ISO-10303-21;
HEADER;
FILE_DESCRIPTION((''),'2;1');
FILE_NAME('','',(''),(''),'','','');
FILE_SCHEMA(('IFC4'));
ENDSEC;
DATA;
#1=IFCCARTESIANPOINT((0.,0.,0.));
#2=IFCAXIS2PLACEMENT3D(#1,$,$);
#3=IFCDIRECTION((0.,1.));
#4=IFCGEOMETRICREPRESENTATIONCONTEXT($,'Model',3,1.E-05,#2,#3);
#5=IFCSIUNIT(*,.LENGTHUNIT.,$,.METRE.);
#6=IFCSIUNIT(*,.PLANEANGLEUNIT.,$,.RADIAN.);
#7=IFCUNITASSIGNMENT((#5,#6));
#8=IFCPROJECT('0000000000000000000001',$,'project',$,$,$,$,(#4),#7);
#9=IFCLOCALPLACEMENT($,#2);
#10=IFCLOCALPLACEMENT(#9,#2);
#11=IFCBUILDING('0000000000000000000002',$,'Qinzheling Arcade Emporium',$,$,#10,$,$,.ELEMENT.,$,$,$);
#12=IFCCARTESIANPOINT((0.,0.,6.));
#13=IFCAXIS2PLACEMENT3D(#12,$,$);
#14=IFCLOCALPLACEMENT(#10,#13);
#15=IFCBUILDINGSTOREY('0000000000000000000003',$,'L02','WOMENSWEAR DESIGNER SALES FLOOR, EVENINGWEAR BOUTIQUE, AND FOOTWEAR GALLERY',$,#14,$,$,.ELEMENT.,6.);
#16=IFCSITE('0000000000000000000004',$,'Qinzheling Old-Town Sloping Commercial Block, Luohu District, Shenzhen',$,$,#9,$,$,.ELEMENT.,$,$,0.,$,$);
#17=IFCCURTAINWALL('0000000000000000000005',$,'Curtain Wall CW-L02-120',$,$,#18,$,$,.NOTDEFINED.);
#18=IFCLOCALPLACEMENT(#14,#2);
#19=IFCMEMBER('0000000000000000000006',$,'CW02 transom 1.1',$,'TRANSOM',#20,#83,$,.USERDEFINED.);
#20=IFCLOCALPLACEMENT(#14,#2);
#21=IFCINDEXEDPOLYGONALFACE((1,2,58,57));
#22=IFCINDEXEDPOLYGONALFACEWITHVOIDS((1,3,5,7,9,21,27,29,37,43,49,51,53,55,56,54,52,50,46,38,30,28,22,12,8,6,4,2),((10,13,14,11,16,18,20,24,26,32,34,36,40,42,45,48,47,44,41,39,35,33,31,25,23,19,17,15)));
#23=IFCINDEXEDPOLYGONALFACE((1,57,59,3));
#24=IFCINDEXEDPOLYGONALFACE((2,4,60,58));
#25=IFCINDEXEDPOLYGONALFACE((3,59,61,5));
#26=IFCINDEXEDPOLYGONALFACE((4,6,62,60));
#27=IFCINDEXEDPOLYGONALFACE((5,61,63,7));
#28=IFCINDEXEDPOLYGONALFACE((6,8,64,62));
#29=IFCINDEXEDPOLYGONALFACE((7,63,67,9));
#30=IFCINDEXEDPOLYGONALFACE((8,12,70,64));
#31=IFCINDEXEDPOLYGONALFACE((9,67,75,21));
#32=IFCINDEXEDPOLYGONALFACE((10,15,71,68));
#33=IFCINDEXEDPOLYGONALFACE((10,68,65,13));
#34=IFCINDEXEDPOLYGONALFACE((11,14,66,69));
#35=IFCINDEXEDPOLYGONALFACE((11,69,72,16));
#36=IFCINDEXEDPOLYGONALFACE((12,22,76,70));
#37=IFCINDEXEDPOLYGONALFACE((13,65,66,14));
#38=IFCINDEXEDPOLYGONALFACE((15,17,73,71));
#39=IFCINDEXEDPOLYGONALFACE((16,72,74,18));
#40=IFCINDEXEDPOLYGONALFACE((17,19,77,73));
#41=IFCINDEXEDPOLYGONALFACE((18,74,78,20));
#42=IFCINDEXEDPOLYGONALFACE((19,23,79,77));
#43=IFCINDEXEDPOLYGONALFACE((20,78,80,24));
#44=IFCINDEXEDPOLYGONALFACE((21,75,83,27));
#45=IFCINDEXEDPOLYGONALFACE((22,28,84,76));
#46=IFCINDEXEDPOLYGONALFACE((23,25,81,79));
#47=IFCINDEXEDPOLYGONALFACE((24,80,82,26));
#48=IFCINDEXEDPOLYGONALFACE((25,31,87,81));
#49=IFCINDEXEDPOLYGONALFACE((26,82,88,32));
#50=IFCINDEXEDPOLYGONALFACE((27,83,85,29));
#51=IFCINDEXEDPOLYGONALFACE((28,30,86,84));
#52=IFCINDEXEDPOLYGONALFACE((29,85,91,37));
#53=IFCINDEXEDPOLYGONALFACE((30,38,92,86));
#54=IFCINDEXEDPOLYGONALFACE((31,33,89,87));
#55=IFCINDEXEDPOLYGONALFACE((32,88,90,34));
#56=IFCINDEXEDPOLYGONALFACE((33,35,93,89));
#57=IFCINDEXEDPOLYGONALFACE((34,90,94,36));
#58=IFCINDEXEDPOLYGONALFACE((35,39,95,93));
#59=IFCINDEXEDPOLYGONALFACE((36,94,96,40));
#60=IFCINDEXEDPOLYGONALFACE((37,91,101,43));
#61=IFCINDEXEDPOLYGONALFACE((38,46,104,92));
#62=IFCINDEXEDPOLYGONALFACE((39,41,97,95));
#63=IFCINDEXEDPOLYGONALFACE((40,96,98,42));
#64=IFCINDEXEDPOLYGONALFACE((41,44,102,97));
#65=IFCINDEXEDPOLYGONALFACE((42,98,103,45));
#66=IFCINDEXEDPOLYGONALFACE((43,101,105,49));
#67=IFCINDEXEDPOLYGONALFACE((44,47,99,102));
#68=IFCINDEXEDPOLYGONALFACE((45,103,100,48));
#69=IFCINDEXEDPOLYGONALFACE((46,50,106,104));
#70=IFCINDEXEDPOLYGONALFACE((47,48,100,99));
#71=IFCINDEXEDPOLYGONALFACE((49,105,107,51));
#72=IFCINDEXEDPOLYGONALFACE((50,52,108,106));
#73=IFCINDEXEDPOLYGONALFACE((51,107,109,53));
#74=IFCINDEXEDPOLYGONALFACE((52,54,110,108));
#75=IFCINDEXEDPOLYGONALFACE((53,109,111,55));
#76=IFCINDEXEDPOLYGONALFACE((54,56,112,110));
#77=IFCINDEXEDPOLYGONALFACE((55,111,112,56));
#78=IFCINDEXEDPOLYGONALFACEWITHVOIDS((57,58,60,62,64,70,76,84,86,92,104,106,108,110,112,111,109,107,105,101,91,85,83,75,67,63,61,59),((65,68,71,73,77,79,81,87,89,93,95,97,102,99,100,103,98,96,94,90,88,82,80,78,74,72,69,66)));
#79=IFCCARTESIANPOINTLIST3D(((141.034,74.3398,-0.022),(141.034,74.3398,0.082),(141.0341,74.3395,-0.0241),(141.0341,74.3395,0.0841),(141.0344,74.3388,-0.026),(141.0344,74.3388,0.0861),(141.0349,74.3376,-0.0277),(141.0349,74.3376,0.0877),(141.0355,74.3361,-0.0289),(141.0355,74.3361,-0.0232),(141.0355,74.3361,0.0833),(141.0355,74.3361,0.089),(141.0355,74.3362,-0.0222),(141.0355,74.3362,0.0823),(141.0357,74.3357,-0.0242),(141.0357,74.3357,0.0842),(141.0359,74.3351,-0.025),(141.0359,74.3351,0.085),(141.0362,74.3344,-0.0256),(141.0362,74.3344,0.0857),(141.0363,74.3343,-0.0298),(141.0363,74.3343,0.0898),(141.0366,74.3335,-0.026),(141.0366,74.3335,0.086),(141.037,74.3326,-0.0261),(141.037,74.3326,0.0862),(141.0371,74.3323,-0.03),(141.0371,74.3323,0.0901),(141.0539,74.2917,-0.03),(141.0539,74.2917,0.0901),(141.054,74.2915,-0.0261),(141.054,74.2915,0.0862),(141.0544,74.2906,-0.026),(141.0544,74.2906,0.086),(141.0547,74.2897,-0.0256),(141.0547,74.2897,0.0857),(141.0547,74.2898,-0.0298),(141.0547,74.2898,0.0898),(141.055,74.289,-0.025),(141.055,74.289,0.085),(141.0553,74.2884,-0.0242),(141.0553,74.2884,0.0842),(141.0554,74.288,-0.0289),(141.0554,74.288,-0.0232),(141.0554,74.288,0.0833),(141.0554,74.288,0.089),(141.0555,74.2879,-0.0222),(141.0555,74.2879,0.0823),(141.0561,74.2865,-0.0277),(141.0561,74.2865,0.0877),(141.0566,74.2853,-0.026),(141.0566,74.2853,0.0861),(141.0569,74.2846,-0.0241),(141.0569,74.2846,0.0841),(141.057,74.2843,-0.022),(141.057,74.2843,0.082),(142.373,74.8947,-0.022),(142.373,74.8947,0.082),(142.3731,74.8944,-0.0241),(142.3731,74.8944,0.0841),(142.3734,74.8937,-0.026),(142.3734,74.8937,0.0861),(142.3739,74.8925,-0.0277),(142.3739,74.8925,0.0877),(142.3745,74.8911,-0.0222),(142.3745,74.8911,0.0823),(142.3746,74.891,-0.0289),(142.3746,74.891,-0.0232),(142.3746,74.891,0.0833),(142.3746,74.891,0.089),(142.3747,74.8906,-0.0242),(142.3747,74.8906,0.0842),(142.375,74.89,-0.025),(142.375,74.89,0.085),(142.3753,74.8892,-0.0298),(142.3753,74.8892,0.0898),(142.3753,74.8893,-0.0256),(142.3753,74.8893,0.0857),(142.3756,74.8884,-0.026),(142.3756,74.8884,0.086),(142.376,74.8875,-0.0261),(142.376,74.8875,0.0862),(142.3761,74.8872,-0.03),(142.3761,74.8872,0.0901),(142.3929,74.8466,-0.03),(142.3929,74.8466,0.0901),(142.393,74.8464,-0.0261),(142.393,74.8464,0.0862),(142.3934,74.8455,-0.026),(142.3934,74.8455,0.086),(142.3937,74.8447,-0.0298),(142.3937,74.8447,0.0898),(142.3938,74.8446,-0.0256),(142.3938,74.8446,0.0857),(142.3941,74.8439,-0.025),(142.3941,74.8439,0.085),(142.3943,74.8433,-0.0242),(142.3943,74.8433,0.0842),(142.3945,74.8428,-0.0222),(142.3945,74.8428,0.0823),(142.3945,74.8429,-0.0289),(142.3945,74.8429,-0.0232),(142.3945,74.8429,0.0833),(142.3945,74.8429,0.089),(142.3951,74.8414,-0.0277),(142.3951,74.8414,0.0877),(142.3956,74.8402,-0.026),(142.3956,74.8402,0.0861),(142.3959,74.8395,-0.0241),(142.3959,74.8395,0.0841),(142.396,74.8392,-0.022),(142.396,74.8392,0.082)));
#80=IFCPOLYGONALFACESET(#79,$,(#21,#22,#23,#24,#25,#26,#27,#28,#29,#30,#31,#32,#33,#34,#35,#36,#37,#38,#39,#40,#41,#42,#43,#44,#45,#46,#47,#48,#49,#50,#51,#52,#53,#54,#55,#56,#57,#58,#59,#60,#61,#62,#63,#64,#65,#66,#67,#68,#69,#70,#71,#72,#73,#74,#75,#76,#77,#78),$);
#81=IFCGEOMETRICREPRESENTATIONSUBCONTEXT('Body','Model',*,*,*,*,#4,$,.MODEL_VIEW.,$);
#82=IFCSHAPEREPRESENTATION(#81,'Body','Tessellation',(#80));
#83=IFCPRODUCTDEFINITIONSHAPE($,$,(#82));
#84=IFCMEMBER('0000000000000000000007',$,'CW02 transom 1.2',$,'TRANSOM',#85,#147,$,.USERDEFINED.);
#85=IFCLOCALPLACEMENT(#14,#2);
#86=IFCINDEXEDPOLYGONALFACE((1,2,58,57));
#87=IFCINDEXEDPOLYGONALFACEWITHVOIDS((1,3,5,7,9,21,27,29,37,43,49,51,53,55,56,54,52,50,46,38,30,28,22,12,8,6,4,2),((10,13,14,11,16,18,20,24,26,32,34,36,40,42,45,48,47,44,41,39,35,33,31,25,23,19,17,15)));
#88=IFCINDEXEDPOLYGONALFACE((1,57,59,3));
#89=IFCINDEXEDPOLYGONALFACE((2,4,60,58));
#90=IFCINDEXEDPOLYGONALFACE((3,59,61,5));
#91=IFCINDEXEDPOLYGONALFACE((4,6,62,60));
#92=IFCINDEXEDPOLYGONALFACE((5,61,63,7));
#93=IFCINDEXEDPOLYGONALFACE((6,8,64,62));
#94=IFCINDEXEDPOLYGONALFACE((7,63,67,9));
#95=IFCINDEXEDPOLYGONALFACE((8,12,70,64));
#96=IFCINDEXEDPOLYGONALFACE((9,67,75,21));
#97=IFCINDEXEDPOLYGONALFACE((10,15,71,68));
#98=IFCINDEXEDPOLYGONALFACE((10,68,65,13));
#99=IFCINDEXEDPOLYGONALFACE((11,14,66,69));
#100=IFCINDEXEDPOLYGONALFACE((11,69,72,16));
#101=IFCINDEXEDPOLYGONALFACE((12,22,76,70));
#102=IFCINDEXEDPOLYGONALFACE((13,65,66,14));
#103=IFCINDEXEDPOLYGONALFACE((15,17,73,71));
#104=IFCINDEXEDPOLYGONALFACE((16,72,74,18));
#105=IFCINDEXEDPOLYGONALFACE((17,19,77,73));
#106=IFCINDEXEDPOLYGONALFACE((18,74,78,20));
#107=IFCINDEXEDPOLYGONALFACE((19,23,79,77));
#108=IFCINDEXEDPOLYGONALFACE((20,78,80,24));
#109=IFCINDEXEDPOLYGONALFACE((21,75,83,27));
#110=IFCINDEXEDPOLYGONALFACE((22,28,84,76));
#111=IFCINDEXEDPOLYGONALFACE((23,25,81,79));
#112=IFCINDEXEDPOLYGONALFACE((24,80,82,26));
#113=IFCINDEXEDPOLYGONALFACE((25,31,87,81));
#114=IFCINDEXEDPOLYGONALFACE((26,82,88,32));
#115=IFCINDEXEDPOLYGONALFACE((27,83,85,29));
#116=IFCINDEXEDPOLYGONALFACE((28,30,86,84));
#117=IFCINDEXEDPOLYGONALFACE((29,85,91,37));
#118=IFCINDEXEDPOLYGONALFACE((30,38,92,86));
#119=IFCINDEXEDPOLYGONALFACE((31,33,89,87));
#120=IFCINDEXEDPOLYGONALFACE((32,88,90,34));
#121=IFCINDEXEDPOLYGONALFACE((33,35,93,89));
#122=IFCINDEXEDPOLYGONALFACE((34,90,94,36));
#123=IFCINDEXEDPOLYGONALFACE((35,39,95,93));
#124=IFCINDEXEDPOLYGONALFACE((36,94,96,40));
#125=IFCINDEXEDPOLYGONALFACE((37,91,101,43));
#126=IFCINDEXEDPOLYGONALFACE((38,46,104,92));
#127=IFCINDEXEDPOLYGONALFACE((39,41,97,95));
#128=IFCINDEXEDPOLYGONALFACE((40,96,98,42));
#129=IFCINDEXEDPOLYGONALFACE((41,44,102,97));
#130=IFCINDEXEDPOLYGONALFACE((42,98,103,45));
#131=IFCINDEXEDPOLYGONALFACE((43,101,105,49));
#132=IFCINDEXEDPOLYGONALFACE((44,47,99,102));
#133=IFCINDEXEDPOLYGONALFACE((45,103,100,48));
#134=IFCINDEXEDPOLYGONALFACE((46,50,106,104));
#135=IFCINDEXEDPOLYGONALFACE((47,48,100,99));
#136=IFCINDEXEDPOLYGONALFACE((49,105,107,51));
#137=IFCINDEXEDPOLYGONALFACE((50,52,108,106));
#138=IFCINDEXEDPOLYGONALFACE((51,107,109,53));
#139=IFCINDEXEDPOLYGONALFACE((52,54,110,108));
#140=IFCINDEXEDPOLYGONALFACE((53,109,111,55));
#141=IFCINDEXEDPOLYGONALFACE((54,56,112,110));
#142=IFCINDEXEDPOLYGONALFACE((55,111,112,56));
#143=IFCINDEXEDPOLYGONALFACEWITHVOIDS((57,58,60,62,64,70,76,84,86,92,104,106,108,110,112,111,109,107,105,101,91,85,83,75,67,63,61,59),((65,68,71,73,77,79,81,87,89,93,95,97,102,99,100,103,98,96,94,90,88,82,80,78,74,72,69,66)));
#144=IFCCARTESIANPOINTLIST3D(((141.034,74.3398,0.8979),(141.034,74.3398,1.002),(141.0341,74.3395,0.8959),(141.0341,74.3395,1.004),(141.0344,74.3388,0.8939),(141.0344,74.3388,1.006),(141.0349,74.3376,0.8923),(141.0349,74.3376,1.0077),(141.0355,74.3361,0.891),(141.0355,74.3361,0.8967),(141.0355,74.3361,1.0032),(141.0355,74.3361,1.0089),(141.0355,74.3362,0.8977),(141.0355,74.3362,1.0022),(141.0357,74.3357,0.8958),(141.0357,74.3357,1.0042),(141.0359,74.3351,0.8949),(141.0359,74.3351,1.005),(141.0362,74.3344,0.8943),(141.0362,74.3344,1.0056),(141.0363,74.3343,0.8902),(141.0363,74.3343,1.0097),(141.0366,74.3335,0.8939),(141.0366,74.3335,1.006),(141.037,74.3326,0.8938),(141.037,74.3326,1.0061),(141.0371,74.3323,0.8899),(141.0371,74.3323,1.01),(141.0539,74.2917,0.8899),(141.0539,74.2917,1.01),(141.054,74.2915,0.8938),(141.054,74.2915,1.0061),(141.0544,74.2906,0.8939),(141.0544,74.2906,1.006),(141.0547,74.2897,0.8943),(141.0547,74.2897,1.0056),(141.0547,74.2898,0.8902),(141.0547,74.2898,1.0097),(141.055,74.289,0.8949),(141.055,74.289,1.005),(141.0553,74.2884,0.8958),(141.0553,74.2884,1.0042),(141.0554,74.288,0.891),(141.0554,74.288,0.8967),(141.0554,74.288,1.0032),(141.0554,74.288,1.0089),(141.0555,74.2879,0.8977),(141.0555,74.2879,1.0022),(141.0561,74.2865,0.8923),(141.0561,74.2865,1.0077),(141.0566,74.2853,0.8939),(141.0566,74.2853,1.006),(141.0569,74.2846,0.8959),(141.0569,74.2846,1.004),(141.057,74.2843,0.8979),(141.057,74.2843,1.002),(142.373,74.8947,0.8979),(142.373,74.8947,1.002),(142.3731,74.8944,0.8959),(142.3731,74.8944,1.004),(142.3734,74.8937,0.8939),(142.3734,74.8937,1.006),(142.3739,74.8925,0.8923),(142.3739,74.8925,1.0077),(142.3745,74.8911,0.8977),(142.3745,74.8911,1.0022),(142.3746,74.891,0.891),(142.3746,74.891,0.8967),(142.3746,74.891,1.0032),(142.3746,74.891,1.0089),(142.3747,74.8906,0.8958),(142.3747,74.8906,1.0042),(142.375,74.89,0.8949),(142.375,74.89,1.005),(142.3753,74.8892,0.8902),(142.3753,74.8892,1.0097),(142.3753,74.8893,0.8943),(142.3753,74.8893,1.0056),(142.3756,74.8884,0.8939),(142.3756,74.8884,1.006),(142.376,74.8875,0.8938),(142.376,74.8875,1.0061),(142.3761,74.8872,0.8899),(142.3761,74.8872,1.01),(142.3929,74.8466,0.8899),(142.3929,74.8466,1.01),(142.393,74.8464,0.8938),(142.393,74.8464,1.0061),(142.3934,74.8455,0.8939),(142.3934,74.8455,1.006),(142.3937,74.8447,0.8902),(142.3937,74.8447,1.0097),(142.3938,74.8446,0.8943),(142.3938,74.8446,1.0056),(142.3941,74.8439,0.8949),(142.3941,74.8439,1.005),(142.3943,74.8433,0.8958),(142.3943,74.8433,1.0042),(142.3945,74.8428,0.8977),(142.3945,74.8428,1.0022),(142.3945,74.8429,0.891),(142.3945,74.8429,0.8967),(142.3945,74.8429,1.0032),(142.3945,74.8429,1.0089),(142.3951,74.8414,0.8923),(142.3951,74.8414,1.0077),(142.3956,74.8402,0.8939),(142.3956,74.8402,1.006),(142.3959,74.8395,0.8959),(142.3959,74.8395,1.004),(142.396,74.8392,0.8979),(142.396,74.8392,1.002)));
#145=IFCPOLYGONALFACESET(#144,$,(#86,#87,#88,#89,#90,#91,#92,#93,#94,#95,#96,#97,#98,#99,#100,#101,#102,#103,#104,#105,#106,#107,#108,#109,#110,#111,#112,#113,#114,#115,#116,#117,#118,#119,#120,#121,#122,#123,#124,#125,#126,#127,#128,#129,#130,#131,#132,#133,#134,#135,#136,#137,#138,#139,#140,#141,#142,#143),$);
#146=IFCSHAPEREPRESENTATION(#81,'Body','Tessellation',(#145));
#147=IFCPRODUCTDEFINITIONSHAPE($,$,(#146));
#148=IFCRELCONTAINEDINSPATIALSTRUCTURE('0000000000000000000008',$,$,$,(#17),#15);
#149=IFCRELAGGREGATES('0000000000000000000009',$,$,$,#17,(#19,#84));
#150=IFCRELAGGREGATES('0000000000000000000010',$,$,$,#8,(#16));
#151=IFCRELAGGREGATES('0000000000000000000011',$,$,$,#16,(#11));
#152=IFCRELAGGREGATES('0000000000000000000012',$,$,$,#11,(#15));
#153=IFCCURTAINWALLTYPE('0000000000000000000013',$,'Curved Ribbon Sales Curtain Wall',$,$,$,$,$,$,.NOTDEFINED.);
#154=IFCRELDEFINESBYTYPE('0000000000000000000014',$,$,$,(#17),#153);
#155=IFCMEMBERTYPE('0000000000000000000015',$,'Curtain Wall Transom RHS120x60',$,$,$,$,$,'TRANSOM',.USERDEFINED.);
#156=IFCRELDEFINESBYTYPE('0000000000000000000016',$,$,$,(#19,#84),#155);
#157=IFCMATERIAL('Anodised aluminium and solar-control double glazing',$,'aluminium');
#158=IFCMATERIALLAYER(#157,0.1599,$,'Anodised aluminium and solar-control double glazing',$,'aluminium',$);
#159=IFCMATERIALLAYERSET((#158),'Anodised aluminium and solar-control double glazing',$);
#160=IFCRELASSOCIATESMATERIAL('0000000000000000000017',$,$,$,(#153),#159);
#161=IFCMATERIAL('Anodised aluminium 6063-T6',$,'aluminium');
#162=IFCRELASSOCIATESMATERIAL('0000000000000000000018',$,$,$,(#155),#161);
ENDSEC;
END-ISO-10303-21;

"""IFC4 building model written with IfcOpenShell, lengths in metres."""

from ifc_helpers import new_model, si_unit, direction, frame, origin, origin_2d, place, context, subcontext, project, spatial, hollow_rectangle, extrude, material, layer, layer_set, material_profile, profile_set, type_object, element, aggregate, save


model = new_model("IFC4")

# Units and contexts
model_context = context("Model", 3, precision=1e-05, world=origin(), true_north=direction((0.0, 1.0)))
body_context = subcontext(model_context, "Body", "Model", "MODEL_VIEW")
ifc_project = project(units=[si_unit("LENGTHUNIT", "METRE"), si_unit("PLANEANGLEUNIT", "RADIAN")], contexts=[model_context])

# Site, building, storey
site_placement = place(None, origin())
site = spatial("IfcSite", under=ifc_project, at=site_placement, Name="Qinzheling Old-Town Sloping Commercial Block, Luohu District, Shenzhen", CompositionType="ELEMENT", RefElevation=0.0)
building_placement = place(site_placement, origin())
building = spatial("IfcBuilding", under=site, at=building_placement, Name="Qinzheling Arcade Emporium", CompositionType="ELEMENT")
storey_placement = place(building_placement, frame((0.0, 0.0, 6.0)))
storey = spatial("IfcBuildingStorey", under=building, at=storey_placement, Name="L02", Description="WOMENSWEAR DESIGNER SALES FLOOR, EVENINGWEAR BOUTIQUE, AND FOOTWEAR GALLERY", CompositionType="ELEMENT", Elevation=6.0)

# Curtain wall
ifc_material_1 = material(Name="Anodised aluminium and solar-control double glazing", Category="aluminium")
ifc_layer_1 = layer(ifc_material_1, 0.1599, Name="Anodised aluminium and solar-control double glazing", Category="aluminium")
ifc_layer_set_1 = layer_set([ifc_layer_1], Name="Anodised aluminium and solar-control double glazing")
curtain_wall_type = type_object("IfcCurtainWallType", Name="Curved Ribbon Sales Curtain Wall", PredefinedType="NOTDEFINED", material=ifc_layer_set_1)
ifc_material_2 = material(Name="Anodised aluminium 6063-T6", Category="aluminium")
curtain_wall_1_placement = place(storey_placement, origin())
curtain_wall_1 = element("IfcCurtainWall", 1, at=curtain_wall_1_placement, inside=storey, type_object=curtain_wall_type, Name="Curtain Wall CW-L02-120", PredefinedType="NOTDEFINED")

# Members
ifc_material_profile_1 = material_profile(ifc_material_2, hollow_rectangle(XDim=0.0601, YDim=0.1201, WallThickness=0.0039, InnerFilletRadius=0.0039, OuterFilletRadius=0.0081, at=origin_2d()), Name="RHS 120x60x4", Category="aluminium")
ifc_profile_set_1 = profile_set([ifc_material_profile_1], Name="Anodised aluminium 6063-T6")
member_type_1 = type_object("IfcMemberType", Name="Curtain Wall Transom RHS120x60", ElementType="TRANSOM", PredefinedType="USERDEFINED", material=ifc_profile_set_1)
member_1_placement = place(storey_placement, frame((142.3845, 74.8669, 0.03), z_axis=(-0.923818, -0.382833, 0.0), x_axis=(0.382833, -0.923818, 0.0)))
member_1 = element("IfcMember", 2, at=member_1_placement, type_object=member_type_1, Name="CW02 transom 1.1", ObjectType="TRANSOM", PredefinedType="USERDEFINED", context=body_context, shape_type="SweptSolid", body=[
    extrude(hollow_rectangle(XDim=0.0601, YDim=0.1201, WallThickness=0.0039, InnerFilletRadius=0.0039, OuterFilletRadius=0.0081, at=origin_2d()), origin(), (0.0, 0.0, 1.0), 1.4495),
])
member_2_placement = place(storey_placement, frame((142.3845, 74.8669, 0.95), z_axis=(-0.923818, -0.382833, 0.0), x_axis=(0.382833, -0.923818, 0.0)))
member_2 = element("IfcMember", 3, at=member_2_placement, type_object=member_type_1, Name="CW02 transom 1.2", ObjectType="TRANSOM", PredefinedType="USERDEFINED", context=body_context, shape_type="SweptSolid", body=[
    extrude(hollow_rectangle(XDim=0.0601, YDim=0.1201, WallThickness=0.0039, InnerFilletRadius=0.0039, OuterFilletRadius=0.0081, at=origin_2d()), origin(), (0.0, 0.0, 1.0), 1.4495),
])

aggregate(curtain_wall_1, [member_1, member_2])

save(model, "model.ifc")
